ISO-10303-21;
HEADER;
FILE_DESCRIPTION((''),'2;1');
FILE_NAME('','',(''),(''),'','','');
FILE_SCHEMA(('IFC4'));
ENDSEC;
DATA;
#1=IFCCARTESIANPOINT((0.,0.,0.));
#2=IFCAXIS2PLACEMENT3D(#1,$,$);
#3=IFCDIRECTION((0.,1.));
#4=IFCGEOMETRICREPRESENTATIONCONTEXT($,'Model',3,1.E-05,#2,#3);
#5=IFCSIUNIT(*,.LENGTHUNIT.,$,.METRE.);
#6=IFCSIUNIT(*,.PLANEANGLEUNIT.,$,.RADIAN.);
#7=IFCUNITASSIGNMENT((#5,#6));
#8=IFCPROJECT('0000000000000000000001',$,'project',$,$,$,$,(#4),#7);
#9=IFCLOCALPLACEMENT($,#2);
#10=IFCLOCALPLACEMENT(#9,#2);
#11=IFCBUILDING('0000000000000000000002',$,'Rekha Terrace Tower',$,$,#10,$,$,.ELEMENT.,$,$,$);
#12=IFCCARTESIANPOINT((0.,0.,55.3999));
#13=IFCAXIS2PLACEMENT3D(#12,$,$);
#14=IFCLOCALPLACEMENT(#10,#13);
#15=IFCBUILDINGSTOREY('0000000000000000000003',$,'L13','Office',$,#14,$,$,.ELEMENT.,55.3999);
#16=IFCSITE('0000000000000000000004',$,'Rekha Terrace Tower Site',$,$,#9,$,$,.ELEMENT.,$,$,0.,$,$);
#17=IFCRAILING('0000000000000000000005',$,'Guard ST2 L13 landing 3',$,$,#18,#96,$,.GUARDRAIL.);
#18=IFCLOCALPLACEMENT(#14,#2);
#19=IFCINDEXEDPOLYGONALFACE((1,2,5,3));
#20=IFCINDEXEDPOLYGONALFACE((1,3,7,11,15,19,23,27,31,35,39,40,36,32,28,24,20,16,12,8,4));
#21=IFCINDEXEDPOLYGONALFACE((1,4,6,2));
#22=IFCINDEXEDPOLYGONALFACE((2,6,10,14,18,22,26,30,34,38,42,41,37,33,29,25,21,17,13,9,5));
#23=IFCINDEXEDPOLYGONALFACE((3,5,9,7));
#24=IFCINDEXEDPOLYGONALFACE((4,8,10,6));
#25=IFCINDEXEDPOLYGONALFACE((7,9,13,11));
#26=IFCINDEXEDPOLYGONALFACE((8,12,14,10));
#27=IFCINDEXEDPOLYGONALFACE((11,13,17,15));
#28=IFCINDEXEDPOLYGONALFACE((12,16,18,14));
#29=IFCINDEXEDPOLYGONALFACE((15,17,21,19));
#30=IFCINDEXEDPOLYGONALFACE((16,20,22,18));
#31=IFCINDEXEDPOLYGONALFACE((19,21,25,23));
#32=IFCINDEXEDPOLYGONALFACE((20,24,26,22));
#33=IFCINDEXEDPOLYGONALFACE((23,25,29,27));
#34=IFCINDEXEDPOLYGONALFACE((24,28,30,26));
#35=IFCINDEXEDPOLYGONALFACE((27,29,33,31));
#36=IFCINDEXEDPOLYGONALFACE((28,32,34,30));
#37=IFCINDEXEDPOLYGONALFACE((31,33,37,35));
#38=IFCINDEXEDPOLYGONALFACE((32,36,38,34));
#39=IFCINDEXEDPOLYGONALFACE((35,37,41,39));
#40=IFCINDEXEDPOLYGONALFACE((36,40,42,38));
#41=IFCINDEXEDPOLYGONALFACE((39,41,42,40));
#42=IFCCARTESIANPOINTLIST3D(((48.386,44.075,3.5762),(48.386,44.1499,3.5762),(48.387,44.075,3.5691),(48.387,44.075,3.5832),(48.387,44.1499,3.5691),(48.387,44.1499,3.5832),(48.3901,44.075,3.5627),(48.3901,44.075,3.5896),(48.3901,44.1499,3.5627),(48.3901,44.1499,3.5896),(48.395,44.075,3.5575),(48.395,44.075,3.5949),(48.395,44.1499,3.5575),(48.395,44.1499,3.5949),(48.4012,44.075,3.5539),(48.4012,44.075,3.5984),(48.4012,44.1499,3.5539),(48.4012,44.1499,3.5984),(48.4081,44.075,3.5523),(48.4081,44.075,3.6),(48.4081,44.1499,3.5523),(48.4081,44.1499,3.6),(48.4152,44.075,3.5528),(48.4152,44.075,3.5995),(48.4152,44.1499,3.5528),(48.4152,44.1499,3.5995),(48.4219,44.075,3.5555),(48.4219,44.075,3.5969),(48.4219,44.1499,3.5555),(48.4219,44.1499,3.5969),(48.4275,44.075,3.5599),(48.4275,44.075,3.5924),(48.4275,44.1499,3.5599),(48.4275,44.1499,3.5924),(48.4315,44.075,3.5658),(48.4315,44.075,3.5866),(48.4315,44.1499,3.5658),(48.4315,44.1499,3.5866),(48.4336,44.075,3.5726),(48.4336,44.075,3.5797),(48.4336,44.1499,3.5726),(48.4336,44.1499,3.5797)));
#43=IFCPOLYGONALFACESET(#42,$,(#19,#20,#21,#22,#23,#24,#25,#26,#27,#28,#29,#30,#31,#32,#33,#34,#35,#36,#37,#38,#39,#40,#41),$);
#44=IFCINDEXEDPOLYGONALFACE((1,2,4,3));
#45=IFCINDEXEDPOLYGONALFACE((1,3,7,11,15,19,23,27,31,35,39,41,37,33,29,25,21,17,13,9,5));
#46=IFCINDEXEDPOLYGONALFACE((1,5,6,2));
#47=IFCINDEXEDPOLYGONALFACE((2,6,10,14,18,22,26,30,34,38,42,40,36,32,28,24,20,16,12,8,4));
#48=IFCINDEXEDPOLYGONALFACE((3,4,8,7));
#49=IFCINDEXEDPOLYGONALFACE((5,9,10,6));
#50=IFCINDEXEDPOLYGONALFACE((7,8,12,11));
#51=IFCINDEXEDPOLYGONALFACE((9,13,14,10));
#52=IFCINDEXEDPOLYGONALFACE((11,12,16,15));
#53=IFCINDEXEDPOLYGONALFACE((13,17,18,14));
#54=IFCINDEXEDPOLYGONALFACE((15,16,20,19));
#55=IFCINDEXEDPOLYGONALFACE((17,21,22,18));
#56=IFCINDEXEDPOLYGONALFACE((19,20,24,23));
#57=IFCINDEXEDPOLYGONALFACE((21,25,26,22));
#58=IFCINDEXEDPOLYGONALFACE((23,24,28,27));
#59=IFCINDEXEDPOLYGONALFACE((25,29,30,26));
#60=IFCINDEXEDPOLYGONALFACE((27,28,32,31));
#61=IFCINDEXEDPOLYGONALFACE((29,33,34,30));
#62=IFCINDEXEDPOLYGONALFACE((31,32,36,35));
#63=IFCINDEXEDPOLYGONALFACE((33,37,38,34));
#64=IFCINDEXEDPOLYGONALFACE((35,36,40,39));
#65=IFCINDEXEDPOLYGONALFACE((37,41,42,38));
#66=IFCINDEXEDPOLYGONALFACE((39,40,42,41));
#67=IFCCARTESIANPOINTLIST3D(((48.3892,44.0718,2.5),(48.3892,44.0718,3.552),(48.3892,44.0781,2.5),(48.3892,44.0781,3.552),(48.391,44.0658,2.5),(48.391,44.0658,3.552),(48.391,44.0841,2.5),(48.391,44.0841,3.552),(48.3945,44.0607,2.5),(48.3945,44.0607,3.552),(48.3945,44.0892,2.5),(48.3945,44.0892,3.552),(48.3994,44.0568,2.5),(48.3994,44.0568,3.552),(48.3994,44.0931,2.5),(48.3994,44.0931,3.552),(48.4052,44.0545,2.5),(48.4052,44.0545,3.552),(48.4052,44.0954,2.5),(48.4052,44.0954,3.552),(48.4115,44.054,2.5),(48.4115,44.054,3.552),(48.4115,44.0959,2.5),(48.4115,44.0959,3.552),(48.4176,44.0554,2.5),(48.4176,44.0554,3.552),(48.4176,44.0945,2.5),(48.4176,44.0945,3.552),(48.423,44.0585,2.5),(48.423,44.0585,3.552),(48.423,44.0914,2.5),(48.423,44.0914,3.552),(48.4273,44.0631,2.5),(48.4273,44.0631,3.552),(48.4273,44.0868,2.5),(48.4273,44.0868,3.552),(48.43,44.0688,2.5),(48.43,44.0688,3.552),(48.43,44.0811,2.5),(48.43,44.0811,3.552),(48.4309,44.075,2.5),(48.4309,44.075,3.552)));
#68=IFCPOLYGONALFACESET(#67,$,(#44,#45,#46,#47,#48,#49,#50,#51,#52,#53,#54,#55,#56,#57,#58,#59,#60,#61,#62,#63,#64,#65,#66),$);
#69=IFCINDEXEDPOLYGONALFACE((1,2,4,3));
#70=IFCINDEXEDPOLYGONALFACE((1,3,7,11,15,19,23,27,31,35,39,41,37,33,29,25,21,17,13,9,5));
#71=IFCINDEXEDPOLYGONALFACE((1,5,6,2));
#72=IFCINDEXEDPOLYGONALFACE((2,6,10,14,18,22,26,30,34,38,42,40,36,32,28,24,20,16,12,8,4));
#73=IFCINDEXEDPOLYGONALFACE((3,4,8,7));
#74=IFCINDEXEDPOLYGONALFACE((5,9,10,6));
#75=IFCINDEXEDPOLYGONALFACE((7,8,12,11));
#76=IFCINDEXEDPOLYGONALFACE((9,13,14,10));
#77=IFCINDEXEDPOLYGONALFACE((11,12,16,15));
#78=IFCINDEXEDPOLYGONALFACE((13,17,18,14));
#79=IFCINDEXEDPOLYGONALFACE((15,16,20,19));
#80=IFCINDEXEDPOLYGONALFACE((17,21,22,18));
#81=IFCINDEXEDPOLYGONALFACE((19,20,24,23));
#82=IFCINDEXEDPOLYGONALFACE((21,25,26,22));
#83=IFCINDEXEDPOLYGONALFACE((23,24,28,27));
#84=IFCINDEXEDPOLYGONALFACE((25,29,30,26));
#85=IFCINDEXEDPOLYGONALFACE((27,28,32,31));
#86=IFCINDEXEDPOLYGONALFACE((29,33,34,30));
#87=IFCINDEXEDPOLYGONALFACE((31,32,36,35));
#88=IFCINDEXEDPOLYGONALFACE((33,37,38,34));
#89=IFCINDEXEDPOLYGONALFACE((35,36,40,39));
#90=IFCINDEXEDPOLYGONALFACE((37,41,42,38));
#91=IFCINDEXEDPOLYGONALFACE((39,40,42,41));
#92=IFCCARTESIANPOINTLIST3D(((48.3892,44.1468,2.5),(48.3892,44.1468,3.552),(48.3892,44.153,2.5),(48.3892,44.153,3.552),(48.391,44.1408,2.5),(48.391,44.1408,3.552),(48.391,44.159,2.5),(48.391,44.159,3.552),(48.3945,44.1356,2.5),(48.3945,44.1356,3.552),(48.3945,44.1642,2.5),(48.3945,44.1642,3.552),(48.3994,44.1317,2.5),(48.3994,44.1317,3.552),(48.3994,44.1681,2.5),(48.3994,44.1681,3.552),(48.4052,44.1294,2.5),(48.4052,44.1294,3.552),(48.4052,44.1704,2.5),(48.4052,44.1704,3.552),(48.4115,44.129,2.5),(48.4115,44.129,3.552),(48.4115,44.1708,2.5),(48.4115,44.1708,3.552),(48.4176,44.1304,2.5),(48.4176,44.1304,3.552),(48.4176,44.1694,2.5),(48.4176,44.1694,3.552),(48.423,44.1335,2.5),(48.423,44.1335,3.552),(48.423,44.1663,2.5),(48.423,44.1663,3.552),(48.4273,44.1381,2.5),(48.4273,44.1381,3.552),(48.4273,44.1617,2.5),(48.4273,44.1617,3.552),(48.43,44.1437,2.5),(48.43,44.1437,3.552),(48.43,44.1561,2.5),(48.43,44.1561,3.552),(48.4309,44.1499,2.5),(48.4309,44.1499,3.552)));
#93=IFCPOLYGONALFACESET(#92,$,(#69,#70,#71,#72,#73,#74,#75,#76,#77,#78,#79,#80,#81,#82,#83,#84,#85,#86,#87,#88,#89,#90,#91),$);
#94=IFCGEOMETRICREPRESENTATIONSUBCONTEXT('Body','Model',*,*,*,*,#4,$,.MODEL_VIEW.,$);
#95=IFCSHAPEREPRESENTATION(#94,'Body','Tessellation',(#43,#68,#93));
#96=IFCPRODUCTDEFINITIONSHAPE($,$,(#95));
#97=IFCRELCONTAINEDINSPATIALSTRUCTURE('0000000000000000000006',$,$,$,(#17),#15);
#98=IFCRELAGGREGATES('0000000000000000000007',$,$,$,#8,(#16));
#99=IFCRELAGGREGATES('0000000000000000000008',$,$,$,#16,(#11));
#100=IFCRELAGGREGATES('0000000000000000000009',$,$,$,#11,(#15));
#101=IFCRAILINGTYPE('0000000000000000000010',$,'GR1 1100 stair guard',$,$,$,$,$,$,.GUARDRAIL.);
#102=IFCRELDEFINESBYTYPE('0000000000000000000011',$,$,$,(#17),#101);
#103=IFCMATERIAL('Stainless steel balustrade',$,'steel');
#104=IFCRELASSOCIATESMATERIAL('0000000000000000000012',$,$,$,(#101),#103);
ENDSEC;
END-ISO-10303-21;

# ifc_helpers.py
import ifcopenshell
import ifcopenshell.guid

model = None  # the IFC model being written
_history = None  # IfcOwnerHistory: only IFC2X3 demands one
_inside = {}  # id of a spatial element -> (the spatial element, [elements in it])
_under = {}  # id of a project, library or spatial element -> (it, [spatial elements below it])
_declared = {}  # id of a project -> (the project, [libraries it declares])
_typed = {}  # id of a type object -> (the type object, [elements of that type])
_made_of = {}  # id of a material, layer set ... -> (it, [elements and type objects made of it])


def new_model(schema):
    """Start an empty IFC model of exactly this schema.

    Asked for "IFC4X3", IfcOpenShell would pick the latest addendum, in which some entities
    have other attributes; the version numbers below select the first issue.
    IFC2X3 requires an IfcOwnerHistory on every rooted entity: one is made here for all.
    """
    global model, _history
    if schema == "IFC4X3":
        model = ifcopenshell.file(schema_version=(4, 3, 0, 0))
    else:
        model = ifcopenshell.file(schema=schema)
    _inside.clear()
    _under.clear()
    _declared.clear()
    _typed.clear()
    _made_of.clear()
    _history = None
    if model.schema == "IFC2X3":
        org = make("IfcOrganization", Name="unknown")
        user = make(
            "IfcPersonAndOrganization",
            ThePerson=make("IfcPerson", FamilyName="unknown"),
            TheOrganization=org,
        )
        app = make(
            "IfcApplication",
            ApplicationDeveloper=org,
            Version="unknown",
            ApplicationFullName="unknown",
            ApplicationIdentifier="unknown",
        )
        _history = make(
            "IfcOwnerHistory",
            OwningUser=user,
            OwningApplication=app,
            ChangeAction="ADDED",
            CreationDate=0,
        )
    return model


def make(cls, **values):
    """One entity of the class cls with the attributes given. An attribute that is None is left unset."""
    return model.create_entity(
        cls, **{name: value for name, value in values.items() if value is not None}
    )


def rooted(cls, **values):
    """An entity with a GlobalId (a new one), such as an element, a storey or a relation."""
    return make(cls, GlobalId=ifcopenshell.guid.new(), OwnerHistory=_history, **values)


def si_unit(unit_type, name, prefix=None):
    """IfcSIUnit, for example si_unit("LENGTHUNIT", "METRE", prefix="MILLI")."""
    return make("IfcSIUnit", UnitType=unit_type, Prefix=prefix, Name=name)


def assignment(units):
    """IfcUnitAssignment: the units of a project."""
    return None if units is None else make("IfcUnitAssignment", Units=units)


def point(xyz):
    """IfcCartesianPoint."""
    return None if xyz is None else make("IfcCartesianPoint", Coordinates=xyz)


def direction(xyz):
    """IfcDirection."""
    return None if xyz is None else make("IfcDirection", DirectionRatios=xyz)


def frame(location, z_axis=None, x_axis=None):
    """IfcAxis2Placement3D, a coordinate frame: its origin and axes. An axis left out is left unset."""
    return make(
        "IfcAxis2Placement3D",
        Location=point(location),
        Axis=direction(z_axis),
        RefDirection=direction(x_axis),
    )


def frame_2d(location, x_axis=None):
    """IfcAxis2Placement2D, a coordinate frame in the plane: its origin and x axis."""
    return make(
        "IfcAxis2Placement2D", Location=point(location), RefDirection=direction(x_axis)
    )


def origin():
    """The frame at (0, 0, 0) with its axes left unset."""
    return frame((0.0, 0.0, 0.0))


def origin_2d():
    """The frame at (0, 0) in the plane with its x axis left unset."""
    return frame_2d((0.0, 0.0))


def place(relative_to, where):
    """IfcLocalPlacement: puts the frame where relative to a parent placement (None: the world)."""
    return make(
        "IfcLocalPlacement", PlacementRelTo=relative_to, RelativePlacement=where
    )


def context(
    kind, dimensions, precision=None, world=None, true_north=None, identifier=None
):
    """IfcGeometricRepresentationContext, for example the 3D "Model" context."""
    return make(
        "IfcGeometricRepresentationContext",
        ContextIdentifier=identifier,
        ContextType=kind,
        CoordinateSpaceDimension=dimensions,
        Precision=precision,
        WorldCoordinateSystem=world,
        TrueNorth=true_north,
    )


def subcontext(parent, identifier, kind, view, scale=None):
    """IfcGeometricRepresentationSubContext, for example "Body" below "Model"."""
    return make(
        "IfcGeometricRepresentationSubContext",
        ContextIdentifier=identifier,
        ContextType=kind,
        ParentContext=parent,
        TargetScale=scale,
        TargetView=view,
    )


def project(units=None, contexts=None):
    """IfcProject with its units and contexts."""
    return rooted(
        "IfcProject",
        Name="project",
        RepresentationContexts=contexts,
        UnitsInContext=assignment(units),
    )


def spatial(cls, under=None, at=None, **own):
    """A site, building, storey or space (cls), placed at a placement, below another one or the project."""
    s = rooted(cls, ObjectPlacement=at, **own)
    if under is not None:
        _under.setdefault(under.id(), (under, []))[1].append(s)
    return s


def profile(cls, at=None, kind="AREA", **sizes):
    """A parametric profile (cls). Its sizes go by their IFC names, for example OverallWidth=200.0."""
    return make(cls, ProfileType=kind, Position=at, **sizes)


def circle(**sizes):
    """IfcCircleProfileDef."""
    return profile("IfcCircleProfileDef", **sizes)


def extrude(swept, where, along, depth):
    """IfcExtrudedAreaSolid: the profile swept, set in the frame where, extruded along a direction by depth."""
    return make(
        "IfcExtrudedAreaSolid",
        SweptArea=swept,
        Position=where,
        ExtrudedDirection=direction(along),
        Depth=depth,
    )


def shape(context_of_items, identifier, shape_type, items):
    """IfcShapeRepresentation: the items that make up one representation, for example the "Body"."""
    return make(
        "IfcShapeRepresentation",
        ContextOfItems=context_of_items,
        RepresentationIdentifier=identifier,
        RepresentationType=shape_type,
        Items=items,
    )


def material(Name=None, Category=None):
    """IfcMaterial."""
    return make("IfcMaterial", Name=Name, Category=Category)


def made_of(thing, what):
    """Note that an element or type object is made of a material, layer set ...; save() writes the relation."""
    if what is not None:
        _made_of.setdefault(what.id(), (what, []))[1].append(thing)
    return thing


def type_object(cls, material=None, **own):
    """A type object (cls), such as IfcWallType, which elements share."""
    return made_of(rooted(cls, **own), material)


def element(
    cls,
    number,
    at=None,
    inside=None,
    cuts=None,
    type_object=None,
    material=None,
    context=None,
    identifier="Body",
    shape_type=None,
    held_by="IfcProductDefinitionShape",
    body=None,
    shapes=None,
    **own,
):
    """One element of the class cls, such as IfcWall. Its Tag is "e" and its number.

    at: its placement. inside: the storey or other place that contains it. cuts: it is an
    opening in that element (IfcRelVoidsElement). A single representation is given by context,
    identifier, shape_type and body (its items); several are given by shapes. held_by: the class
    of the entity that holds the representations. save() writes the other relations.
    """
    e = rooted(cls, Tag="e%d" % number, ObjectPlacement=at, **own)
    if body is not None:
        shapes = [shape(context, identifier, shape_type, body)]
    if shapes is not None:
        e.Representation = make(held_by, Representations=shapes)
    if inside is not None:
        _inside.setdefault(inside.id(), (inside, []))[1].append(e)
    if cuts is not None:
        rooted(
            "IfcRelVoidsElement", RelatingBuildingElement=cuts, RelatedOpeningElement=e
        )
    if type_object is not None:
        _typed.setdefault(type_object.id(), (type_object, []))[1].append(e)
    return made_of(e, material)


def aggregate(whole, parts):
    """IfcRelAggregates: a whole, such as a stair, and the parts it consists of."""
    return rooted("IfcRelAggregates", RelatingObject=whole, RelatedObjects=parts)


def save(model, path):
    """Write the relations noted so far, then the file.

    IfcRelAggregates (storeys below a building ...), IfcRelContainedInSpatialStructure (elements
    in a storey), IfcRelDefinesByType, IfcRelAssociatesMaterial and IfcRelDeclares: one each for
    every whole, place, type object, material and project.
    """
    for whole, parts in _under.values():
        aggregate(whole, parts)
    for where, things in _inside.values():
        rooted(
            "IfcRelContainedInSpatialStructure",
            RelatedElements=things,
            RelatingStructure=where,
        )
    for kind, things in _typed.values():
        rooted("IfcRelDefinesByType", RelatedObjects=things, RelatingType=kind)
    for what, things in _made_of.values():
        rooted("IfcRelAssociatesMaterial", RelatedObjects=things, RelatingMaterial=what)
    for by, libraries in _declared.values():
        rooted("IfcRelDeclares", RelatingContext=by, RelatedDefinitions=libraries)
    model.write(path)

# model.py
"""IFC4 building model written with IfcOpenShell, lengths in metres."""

from ifc_helpers import new_model, si_unit, direction, frame, origin, origin_2d, place, context, subcontext, project, spatial, circle, extrude, material, type_object, element, save


model = new_model("IFC4")

# Units and contexts
model_context = context("Model", 3, precision=1e-05, world=origin(), true_north=direction((0.0, 1.0)))
body_context = subcontext(model_context, "Body", "Model", "MODEL_VIEW")
ifc_project = project(units=[si_unit("LENGTHUNIT", "METRE"), si_unit("PLANEANGLEUNIT", "RADIAN")], contexts=[model_context])

# Site, building, storey
site_placement = place(None, origin())
site = spatial("IfcSite", under=ifc_project, at=site_placement, Name="Rekha Terrace Tower Site", CompositionType="ELEMENT", RefElevation=0.0)
building_placement = place(site_placement, origin())
building = spatial("IfcBuilding", under=site, at=building_placement, Name="Rekha Terrace Tower", CompositionType="ELEMENT")
storey_placement = place(building_placement, frame((0.0, 0.0, 55.3999)))
storey = spatial("IfcBuildingStorey", under=building, at=storey_placement, Name="L13", Description="Office", CompositionType="ELEMENT", Elevation=55.3999)

# Railing
ifc_material_1 = material(Name="Stainless steel balustrade", Category="steel")
railing_type_1 = type_object("IfcRailingType", Name="GR1 1100 stair guard", PredefinedType="GUARDRAIL", material=ifc_material_1)
railing_1_placement = place(storey_placement, frame((48.4099, 44.075, 2.5)))
element("IfcRailing", 1, at=railing_1_placement, inside=storey, type_object=railing_type_1, Name="Guard ST2 L13 landing 3", PredefinedType="GUARDRAIL", context=body_context, shape_type="SweptSolid", body=[
    extrude(circle(Radius=0.0239, at=origin_2d()), frame((0.0, 0.0, 1.0762), z_axis=(0.0, 1.0, 0.0), x_axis=(-1.0, 0.0, 0.0)), (0.0, 0.0, 1.0), 0.075),
    extrude(circle(Radius=0.021, at=origin_2d()), origin(), (0.0, 0.0, 1.0), 1.052),
    extrude(circle(Radius=0.021, at=origin_2d()), frame((0.0, 0.075, 0.0)), (0.0, 0.0, 1.0), 1.052),
])

save(model, "model.ifc")
